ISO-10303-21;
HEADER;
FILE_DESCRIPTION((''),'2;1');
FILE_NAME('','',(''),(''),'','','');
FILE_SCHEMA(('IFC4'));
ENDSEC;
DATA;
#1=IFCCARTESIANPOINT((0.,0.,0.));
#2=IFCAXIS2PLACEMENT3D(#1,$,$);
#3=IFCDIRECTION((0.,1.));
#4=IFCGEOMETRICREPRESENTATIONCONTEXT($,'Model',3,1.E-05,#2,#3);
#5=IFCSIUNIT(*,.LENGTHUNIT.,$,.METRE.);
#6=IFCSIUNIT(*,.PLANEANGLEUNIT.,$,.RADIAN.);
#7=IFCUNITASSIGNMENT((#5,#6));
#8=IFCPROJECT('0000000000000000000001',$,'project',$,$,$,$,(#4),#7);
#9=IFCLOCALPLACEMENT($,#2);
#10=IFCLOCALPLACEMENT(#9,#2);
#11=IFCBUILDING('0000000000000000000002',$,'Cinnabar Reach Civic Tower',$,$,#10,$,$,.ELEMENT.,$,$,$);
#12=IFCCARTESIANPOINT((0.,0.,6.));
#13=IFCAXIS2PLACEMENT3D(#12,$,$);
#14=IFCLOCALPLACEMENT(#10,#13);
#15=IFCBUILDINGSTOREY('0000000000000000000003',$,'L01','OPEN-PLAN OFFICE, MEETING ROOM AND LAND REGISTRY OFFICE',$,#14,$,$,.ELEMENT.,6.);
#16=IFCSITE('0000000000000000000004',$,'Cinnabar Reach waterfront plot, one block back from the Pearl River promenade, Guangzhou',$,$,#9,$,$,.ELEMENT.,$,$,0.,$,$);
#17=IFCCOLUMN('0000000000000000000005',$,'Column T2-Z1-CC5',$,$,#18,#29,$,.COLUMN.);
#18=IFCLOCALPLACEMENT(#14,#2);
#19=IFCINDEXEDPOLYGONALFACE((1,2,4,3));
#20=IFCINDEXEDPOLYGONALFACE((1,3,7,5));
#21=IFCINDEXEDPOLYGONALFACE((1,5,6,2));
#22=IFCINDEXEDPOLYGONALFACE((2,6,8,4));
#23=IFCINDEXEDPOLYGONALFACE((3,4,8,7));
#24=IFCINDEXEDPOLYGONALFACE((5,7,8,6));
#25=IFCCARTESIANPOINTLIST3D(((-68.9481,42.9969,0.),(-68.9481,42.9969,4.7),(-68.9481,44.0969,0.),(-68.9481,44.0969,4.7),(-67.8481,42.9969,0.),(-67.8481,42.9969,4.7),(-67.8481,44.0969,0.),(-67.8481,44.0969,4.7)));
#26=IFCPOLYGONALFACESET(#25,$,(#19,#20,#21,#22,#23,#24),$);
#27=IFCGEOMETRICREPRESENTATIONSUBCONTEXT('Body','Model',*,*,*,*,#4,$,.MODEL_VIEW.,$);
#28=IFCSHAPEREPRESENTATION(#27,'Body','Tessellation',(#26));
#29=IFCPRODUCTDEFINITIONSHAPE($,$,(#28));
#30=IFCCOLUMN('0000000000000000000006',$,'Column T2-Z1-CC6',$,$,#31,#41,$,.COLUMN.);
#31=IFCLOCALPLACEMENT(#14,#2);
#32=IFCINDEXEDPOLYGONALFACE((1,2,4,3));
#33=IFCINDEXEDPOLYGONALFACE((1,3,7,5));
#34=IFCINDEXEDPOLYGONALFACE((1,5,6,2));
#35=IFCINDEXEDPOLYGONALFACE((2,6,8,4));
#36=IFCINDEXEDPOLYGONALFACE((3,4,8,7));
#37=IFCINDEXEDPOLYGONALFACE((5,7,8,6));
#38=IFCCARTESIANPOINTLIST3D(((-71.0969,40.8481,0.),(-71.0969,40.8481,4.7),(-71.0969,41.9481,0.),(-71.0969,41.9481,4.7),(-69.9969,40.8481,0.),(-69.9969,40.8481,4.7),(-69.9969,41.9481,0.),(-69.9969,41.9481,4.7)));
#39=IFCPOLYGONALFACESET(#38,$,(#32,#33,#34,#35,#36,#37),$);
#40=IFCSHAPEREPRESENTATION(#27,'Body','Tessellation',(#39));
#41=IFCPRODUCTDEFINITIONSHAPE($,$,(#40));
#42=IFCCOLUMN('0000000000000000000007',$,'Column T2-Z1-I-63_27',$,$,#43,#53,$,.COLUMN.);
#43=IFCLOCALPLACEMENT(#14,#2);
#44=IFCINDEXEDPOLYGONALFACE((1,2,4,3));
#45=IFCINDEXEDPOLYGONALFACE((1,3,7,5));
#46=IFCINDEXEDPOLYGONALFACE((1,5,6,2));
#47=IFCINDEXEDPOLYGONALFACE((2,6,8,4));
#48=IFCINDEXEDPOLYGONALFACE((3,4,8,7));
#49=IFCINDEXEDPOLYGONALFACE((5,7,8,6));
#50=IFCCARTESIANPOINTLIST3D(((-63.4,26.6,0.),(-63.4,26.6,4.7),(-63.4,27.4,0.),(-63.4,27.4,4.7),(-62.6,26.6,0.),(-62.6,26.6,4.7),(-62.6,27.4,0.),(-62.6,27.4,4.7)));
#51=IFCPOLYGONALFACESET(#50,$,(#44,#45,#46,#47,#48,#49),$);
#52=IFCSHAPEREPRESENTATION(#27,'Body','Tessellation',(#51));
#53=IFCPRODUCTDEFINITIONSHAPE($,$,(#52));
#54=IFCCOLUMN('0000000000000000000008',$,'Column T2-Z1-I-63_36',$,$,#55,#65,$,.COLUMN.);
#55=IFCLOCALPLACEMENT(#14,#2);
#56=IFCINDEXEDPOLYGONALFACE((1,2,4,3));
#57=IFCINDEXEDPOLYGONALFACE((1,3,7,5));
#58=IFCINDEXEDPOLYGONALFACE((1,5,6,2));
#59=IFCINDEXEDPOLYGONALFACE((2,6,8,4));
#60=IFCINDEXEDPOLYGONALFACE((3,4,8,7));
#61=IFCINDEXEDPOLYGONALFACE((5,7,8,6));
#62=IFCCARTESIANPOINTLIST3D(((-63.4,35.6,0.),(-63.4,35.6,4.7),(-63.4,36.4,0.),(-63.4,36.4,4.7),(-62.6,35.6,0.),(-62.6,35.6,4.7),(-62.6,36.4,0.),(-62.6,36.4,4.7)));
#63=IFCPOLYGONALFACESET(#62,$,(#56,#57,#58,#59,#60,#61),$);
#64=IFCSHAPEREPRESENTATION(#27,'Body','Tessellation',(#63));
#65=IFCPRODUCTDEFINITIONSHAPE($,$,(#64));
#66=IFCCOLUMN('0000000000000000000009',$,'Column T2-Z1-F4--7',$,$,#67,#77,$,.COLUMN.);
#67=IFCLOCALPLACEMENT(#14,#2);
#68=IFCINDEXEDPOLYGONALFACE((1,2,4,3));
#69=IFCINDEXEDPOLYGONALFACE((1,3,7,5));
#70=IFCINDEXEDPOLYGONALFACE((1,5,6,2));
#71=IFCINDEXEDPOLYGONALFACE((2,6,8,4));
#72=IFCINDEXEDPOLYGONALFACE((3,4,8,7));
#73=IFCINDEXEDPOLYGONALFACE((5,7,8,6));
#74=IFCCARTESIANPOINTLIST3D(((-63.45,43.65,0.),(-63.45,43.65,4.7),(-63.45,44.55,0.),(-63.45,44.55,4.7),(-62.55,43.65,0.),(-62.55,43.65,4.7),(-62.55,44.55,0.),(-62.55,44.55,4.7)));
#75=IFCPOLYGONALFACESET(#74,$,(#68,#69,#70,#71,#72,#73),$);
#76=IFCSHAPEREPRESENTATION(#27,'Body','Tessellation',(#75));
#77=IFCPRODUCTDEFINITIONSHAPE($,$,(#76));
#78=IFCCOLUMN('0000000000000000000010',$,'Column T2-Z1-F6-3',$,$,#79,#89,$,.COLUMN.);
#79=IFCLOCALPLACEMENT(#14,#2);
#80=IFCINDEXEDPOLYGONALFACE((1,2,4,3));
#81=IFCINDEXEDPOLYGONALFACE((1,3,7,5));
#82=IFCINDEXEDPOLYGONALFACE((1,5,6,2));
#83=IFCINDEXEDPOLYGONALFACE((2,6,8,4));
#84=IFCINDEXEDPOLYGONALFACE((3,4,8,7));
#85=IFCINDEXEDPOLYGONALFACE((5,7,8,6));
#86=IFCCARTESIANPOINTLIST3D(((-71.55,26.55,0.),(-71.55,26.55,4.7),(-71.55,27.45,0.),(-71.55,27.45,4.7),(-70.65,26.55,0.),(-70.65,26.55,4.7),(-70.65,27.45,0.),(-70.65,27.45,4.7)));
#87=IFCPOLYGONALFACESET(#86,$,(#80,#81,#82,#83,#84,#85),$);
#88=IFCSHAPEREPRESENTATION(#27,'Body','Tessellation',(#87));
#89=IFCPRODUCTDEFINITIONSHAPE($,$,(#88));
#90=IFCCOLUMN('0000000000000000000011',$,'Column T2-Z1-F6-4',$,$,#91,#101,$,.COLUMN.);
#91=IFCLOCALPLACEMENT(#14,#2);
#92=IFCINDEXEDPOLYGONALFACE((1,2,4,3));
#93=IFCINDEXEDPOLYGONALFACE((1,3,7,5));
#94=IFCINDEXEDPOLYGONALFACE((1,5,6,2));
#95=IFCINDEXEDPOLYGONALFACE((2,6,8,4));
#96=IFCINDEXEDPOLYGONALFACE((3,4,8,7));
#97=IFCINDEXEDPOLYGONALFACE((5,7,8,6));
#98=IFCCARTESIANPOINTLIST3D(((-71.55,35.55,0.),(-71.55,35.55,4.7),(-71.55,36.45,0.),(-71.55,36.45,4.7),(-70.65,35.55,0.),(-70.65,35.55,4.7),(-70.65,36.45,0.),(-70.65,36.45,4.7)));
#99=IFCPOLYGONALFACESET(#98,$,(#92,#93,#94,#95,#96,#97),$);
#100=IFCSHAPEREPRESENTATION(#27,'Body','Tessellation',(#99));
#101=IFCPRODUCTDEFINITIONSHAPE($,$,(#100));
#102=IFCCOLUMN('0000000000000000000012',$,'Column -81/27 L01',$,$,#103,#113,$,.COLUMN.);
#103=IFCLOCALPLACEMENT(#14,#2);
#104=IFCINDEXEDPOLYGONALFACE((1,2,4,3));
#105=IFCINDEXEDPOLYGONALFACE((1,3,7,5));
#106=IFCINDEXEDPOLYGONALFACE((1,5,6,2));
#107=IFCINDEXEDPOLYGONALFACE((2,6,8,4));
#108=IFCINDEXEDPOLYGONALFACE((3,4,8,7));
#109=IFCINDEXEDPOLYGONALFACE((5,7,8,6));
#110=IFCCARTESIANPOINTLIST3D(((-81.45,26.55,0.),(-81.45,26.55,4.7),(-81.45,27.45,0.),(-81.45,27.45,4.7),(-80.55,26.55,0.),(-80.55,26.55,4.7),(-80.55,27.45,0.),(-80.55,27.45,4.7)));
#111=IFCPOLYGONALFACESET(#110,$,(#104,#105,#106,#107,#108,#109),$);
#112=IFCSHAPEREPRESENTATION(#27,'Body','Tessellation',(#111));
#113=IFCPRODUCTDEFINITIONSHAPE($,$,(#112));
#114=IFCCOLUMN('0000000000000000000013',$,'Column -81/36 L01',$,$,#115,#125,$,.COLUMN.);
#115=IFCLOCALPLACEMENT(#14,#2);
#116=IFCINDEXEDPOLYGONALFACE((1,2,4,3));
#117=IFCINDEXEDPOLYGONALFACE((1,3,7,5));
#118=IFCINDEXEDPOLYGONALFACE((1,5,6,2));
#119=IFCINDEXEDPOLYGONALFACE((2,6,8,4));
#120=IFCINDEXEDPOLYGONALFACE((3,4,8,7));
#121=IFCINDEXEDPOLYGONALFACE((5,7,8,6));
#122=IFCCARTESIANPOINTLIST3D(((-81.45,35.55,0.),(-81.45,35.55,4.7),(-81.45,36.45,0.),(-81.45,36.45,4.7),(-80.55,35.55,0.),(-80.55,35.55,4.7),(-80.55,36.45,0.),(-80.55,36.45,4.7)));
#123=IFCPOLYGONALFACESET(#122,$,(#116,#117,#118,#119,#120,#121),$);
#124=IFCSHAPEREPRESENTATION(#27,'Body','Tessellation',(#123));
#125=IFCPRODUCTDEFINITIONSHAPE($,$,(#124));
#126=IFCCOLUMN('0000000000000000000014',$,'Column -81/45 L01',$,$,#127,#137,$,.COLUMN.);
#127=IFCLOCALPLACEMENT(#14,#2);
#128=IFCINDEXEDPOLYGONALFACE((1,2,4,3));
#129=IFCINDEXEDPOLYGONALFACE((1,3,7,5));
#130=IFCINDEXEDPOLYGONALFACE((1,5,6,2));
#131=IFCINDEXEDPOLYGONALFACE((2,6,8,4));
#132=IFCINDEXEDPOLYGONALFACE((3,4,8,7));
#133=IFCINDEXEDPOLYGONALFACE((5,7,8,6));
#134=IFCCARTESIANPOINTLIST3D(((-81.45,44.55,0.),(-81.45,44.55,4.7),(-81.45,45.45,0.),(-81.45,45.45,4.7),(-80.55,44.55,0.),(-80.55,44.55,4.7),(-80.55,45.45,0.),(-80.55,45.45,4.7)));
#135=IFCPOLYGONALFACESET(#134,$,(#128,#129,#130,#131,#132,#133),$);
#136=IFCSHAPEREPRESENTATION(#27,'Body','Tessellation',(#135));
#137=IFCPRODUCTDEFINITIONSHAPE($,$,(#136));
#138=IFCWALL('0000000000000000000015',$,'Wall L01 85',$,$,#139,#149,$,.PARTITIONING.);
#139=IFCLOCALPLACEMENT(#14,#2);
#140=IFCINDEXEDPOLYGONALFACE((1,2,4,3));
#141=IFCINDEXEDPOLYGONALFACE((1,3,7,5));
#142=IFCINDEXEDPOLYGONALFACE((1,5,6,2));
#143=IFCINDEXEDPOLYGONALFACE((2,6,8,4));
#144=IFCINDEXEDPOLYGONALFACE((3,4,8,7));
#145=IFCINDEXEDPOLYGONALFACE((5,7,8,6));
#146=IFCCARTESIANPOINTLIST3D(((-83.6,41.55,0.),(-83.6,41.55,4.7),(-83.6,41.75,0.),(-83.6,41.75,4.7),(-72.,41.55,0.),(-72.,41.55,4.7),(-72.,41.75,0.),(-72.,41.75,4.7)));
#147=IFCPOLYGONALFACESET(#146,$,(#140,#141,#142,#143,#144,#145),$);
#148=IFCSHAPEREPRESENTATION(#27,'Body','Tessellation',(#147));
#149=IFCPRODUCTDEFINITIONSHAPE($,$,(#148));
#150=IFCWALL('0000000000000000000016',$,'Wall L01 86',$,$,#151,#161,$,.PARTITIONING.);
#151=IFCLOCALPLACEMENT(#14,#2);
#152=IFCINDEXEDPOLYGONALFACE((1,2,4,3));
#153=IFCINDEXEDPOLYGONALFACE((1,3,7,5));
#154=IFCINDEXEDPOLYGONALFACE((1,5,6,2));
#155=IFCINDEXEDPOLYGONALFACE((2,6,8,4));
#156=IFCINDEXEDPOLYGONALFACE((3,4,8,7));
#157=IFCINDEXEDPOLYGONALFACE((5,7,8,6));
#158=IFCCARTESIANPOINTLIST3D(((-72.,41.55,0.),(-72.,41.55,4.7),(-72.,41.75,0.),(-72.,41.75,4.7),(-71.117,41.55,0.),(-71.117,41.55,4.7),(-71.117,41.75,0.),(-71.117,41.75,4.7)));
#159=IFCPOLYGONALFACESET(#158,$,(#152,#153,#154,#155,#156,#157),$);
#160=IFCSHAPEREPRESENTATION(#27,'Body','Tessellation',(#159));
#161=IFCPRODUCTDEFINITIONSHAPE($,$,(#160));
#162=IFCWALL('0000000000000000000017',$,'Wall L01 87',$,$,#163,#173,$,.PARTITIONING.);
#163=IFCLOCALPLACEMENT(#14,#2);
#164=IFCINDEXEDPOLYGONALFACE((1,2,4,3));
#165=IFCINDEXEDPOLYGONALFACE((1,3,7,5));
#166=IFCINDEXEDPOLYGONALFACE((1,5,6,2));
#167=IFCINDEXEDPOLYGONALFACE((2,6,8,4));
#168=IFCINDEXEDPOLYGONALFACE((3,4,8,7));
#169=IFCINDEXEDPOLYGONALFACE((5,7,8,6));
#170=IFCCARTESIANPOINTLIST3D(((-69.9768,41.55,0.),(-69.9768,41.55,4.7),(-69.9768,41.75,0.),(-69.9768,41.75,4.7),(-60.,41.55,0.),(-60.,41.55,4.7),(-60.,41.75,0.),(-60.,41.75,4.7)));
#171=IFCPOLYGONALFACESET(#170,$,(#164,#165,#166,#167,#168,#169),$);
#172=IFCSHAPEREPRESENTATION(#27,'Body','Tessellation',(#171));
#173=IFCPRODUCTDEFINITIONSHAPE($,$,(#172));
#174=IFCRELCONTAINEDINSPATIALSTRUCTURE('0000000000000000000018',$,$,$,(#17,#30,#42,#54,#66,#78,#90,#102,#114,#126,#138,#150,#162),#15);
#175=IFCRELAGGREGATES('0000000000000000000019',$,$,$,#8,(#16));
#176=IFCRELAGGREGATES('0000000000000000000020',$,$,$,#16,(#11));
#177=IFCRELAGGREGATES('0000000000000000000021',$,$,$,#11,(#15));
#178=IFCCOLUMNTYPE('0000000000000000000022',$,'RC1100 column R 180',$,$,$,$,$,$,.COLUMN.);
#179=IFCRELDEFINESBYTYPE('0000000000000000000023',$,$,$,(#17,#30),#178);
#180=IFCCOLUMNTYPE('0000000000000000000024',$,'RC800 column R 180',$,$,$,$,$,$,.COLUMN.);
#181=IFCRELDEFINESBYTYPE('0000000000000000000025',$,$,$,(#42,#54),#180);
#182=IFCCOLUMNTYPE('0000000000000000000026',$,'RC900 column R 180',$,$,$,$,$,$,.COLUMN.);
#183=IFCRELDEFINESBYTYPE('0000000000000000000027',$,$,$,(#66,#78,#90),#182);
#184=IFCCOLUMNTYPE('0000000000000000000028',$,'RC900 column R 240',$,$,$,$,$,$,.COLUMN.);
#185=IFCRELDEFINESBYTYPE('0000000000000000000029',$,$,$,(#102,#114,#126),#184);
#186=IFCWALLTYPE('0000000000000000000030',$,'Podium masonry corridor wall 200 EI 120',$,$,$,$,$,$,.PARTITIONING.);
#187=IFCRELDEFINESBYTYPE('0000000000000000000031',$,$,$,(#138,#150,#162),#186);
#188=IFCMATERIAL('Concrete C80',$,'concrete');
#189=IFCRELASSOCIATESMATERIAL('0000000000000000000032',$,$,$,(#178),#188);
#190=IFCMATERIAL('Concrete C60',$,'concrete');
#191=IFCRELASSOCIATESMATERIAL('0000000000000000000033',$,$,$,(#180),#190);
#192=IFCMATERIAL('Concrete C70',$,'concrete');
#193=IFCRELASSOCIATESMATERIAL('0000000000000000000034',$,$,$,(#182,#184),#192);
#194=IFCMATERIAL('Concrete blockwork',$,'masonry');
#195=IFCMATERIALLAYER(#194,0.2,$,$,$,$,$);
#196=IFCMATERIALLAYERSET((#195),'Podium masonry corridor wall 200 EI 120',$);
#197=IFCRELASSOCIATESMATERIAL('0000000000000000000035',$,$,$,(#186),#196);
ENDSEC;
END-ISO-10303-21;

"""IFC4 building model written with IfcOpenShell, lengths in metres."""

from ifc_helpers import new_model, si_unit, direction, frame, frame_2d, origin, origin_2d, place, context, subcontext, project, spatial, rectangle, extrude, material, layer, layer_set, material_profile, profile_set, type_object, element, save


model = new_model("IFC4")

# Units and contexts
model_context = context("Model", 3, precision=1e-05, world=origin(), true_north=direction((0.0, 1.0)))
body_context = subcontext(model_context, "Body", "Model", "MODEL_VIEW")
ifc_project = project(units=[si_unit("LENGTHUNIT", "METRE"), si_unit("PLANEANGLEUNIT", "RADIAN")], contexts=[model_context])

# Site, building, storey
site_placement = place(None, origin())
site = spatial("IfcSite", under=ifc_project, at=site_placement, Name="Cinnabar Reach waterfront plot, one block back from the Pearl River promenade, Guangzhou", CompositionType="ELEMENT", RefElevation=0.0)
building_placement = place(site_placement, origin())
building = spatial("IfcBuilding", under=site, at=building_placement, Name="Cinnabar Reach Civic Tower", CompositionType="ELEMENT")
storey_placement = place(building_placement, frame((0.0, 0.0, 6.0)))
storey = spatial("IfcBuildingStorey", under=building, at=storey_placement, Name="L01", Description="OPEN-PLAN OFFICE, MEETING ROOM AND LAND REGISTRY OFFICE", CompositionType="ELEMENT", Elevation=6.0)

# Columns
ifc_material_1 = material(Name="Concrete C80", Category="concrete")
ifc_material_profile_1 = material_profile(ifc_material_1, rectangle(XDim=1.1, YDim=1.1, at=origin_2d()), Name="RC1100")
ifc_profile_set_1 = profile_set([ifc_material_profile_1], Name="Concrete C80")
column_type_1 = type_object("IfcColumnType", Name="RC1100 column R 180", PredefinedType="COLUMN", material=ifc_profile_set_1)
for number, where, z_axis, x_axis, name in (
    (1, (-68.3981, 43.5469, 0.0), (0.0, 0.0, 1.0), (1.0, 0.0, 0.0), "Column T2-Z1-CC5"),
    (2, (-70.5469, 41.3981, 0.0), (0.0, 0.0, 1.0), (1.0, 0.0, 0.0), "Column T2-Z1-CC6"),
):
    element("IfcColumn", number, at=place(storey_placement, frame(where, z_axis=z_axis, x_axis=x_axis)), inside=storey, type_object=column_type_1, Name=name, PredefinedType="COLUMN", context=body_context, shape_type="SweptSolid", body=[
        extrude(rectangle(XDim=1.1, YDim=1.1, at=origin_2d()), origin(), (0.0, 0.0, 1.0), 4.7),
    ])
ifc_material_2 = material(Name="Concrete C60", Category="concrete")
ifc_material_profile_2 = material_profile(ifc_material_2, rectangle(XDim=0.8, YDim=0.8, at=origin_2d()), Name="RC800")
ifc_profile_set_2 = profile_set([ifc_material_profile_2], Name="Concrete C60")
column_type_2 = type_object("IfcColumnType", Name="RC800 column R 180", PredefinedType="COLUMN", material=ifc_profile_set_2)
for number, where, z_axis, x_axis, name in (
    (3, (-63.0, 27.0, 0.0), (0.0, 0.0, 1.0), (1.0, 0.0, 0.0), "Column T2-Z1-I-63_27"),
    (4, (-63.0, 36.0, 0.0), (0.0, 0.0, 1.0), (1.0, 0.0, 0.0), "Column T2-Z1-I-63_36"),
):
    element("IfcColumn", number, at=place(storey_placement, frame(where, z_axis=z_axis, x_axis=x_axis)), inside=storey, type_object=column_type_2, Name=name, PredefinedType="COLUMN", context=body_context, shape_type="SweptSolid", body=[
        extrude(rectangle(XDim=0.8, YDim=0.8, at=origin_2d()), origin(), (0.0, 0.0, 1.0), 4.7),
    ])
ifc_material_3 = material(Name="Concrete C70", Category="concrete")
ifc_material_profile_3 = material_profile(ifc_material_3, rectangle(XDim=0.9, YDim=0.9, at=origin_2d()), Name="RC900")
ifc_profile_set_3 = profile_set([ifc_material_profile_3], Name="Concrete C70")
column_type_3 = type_object("IfcColumnType", Name="RC900 column R 180", PredefinedType="COLUMN", material=ifc_profile_set_3)
for number, where, z_axis, x_axis, name in (
    (5, (-63.0, 44.1, 0.0), (0.0, 0.0, 1.0), (1.0, 0.0, 0.0), "Column T2-Z1-F4--7"),
    (6, (-71.1, 27.0, 0.0), (0.0, 0.0, 1.0), (1.0, 0.0, 0.0), "Column T2-Z1-F6-3"),
    (7, (-71.1, 36.0, 0.0), (0.0, 0.0, 1.0), (1.0, 0.0, 0.0), "Column T2-Z1-F6-4"),
):
    element("IfcColumn", number, at=place(storey_placement, frame(where, z_axis=z_axis, x_axis=x_axis)), inside=storey, type_object=column_type_3, Name=name, PredefinedType="COLUMN", context=body_context, shape_type="SweptSolid", body=[
        extrude(rectangle(XDim=0.9, YDim=0.9, at=origin_2d()), origin(), (0.0, 0.0, 1.0), 4.7),
    ])
ifc_material_profile_4 = material_profile(ifc_material_3, rectangle(XDim=0.9, YDim=0.9, at=origin_2d()), Name="RC900")
ifc_profile_set_4 = profile_set([ifc_material_profile_4], Name="Concrete C70")
column_type_4 = type_object("IfcColumnType", Name="RC900 column R 240", PredefinedType="COLUMN", material=ifc_profile_set_4)
for number, where, z_axis, x_axis, name in (
    (8, (-81.0, 27.0, 0.0), (0.0, 0.0, 1.0), (1.0, 0.0, 0.0), "Column -81/27 L01"),
    (9, (-81.0, 36.0, 0.0), (0.0, 0.0, 1.0), (1.0, 0.0, 0.0), "Column -81/36 L01"),
    (10, (-81.0, 45.0, 0.0), (0.0, 0.0, 1.0), (1.0, 0.0, 0.0), "Column -81/45 L01"),
):
    element("IfcColumn", number, at=place(storey_placement, frame(where, z_axis=z_axis, x_axis=x_axis)), inside=storey, type_object=column_type_4, Name=name, PredefinedType="COLUMN", context=body_context, shape_type="SweptSolid", body=[
        extrude(rectangle(XDim=0.9, YDim=0.9, at=origin_2d()), origin(), (0.0, 0.0, 1.0), 4.7),
    ])

# Walls
ifc_material_4 = material(Name="Concrete blockwork", Category="masonry")
ifc_layer_1 = layer(ifc_material_4, 0.2)
ifc_layer_set_1 = layer_set([ifc_layer_1], Name="Podium masonry corridor wall 200 EI 120")
wall_type_1 = type_object("IfcWallType", Name="Podium masonry corridor wall 200 EI 120", PredefinedType="PARTITIONING", material=ifc_layer_set_1)
wall_1_placement = place(storey_placement, frame((-83.6, 41.65, 0.0), z_axis=(0.0, 0.0, 1.0), x_axis=(1.0, 0.0, 0.0)))
element("IfcWall", 11, at=wall_1_placement, inside=storey, type_object=wall_type_1, Name="Wall L01 85", PredefinedType="PARTITIONING", context=body_context, shape_type="SweptSolid", body=[
    extrude(rectangle(XDim=11.6, YDim=0.2, at=frame_2d((5.8, 0.0))), origin(), (0.0, 0.0, 1.0), 4.7),
])
wall_2_placement = place(storey_placement, frame((-72.0, 41.65, 0.0), z_axis=(0.0, 0.0, 1.0), x_axis=(1.0, 0.0, 0.0)))
element("IfcWall", 12, at=wall_2_placement, inside=storey, type_object=wall_type_1, Name="Wall L01 86", PredefinedType="PARTITIONING", context=body_context, shape_type="SweptSolid", body=[
    extrude(rectangle(XDim=0.8831, YDim=0.2, at=frame_2d((0.4415, 0.0))), origin(), (0.0, 0.0, 1.0), 4.7),
])
wall_3_placement = place(storey_placement, frame((-69.9769, 41.65, 0.0), z_axis=(0.0, 0.0, 1.0), x_axis=(1.0, 0.0, 0.0)))
element("IfcWall", 13, at=wall_3_placement, inside=storey, type_object=wall_type_1, Name="Wall L01 87", PredefinedType="PARTITIONING", context=body_context, shape_type="SweptSolid", body=[
    extrude(rectangle(XDim=9.9769, YDim=0.2, at=frame_2d((4.9885, 0.0))), origin(), (0.0, 0.0, 1.0), 4.7),
])

save(model, "model.ifc")
